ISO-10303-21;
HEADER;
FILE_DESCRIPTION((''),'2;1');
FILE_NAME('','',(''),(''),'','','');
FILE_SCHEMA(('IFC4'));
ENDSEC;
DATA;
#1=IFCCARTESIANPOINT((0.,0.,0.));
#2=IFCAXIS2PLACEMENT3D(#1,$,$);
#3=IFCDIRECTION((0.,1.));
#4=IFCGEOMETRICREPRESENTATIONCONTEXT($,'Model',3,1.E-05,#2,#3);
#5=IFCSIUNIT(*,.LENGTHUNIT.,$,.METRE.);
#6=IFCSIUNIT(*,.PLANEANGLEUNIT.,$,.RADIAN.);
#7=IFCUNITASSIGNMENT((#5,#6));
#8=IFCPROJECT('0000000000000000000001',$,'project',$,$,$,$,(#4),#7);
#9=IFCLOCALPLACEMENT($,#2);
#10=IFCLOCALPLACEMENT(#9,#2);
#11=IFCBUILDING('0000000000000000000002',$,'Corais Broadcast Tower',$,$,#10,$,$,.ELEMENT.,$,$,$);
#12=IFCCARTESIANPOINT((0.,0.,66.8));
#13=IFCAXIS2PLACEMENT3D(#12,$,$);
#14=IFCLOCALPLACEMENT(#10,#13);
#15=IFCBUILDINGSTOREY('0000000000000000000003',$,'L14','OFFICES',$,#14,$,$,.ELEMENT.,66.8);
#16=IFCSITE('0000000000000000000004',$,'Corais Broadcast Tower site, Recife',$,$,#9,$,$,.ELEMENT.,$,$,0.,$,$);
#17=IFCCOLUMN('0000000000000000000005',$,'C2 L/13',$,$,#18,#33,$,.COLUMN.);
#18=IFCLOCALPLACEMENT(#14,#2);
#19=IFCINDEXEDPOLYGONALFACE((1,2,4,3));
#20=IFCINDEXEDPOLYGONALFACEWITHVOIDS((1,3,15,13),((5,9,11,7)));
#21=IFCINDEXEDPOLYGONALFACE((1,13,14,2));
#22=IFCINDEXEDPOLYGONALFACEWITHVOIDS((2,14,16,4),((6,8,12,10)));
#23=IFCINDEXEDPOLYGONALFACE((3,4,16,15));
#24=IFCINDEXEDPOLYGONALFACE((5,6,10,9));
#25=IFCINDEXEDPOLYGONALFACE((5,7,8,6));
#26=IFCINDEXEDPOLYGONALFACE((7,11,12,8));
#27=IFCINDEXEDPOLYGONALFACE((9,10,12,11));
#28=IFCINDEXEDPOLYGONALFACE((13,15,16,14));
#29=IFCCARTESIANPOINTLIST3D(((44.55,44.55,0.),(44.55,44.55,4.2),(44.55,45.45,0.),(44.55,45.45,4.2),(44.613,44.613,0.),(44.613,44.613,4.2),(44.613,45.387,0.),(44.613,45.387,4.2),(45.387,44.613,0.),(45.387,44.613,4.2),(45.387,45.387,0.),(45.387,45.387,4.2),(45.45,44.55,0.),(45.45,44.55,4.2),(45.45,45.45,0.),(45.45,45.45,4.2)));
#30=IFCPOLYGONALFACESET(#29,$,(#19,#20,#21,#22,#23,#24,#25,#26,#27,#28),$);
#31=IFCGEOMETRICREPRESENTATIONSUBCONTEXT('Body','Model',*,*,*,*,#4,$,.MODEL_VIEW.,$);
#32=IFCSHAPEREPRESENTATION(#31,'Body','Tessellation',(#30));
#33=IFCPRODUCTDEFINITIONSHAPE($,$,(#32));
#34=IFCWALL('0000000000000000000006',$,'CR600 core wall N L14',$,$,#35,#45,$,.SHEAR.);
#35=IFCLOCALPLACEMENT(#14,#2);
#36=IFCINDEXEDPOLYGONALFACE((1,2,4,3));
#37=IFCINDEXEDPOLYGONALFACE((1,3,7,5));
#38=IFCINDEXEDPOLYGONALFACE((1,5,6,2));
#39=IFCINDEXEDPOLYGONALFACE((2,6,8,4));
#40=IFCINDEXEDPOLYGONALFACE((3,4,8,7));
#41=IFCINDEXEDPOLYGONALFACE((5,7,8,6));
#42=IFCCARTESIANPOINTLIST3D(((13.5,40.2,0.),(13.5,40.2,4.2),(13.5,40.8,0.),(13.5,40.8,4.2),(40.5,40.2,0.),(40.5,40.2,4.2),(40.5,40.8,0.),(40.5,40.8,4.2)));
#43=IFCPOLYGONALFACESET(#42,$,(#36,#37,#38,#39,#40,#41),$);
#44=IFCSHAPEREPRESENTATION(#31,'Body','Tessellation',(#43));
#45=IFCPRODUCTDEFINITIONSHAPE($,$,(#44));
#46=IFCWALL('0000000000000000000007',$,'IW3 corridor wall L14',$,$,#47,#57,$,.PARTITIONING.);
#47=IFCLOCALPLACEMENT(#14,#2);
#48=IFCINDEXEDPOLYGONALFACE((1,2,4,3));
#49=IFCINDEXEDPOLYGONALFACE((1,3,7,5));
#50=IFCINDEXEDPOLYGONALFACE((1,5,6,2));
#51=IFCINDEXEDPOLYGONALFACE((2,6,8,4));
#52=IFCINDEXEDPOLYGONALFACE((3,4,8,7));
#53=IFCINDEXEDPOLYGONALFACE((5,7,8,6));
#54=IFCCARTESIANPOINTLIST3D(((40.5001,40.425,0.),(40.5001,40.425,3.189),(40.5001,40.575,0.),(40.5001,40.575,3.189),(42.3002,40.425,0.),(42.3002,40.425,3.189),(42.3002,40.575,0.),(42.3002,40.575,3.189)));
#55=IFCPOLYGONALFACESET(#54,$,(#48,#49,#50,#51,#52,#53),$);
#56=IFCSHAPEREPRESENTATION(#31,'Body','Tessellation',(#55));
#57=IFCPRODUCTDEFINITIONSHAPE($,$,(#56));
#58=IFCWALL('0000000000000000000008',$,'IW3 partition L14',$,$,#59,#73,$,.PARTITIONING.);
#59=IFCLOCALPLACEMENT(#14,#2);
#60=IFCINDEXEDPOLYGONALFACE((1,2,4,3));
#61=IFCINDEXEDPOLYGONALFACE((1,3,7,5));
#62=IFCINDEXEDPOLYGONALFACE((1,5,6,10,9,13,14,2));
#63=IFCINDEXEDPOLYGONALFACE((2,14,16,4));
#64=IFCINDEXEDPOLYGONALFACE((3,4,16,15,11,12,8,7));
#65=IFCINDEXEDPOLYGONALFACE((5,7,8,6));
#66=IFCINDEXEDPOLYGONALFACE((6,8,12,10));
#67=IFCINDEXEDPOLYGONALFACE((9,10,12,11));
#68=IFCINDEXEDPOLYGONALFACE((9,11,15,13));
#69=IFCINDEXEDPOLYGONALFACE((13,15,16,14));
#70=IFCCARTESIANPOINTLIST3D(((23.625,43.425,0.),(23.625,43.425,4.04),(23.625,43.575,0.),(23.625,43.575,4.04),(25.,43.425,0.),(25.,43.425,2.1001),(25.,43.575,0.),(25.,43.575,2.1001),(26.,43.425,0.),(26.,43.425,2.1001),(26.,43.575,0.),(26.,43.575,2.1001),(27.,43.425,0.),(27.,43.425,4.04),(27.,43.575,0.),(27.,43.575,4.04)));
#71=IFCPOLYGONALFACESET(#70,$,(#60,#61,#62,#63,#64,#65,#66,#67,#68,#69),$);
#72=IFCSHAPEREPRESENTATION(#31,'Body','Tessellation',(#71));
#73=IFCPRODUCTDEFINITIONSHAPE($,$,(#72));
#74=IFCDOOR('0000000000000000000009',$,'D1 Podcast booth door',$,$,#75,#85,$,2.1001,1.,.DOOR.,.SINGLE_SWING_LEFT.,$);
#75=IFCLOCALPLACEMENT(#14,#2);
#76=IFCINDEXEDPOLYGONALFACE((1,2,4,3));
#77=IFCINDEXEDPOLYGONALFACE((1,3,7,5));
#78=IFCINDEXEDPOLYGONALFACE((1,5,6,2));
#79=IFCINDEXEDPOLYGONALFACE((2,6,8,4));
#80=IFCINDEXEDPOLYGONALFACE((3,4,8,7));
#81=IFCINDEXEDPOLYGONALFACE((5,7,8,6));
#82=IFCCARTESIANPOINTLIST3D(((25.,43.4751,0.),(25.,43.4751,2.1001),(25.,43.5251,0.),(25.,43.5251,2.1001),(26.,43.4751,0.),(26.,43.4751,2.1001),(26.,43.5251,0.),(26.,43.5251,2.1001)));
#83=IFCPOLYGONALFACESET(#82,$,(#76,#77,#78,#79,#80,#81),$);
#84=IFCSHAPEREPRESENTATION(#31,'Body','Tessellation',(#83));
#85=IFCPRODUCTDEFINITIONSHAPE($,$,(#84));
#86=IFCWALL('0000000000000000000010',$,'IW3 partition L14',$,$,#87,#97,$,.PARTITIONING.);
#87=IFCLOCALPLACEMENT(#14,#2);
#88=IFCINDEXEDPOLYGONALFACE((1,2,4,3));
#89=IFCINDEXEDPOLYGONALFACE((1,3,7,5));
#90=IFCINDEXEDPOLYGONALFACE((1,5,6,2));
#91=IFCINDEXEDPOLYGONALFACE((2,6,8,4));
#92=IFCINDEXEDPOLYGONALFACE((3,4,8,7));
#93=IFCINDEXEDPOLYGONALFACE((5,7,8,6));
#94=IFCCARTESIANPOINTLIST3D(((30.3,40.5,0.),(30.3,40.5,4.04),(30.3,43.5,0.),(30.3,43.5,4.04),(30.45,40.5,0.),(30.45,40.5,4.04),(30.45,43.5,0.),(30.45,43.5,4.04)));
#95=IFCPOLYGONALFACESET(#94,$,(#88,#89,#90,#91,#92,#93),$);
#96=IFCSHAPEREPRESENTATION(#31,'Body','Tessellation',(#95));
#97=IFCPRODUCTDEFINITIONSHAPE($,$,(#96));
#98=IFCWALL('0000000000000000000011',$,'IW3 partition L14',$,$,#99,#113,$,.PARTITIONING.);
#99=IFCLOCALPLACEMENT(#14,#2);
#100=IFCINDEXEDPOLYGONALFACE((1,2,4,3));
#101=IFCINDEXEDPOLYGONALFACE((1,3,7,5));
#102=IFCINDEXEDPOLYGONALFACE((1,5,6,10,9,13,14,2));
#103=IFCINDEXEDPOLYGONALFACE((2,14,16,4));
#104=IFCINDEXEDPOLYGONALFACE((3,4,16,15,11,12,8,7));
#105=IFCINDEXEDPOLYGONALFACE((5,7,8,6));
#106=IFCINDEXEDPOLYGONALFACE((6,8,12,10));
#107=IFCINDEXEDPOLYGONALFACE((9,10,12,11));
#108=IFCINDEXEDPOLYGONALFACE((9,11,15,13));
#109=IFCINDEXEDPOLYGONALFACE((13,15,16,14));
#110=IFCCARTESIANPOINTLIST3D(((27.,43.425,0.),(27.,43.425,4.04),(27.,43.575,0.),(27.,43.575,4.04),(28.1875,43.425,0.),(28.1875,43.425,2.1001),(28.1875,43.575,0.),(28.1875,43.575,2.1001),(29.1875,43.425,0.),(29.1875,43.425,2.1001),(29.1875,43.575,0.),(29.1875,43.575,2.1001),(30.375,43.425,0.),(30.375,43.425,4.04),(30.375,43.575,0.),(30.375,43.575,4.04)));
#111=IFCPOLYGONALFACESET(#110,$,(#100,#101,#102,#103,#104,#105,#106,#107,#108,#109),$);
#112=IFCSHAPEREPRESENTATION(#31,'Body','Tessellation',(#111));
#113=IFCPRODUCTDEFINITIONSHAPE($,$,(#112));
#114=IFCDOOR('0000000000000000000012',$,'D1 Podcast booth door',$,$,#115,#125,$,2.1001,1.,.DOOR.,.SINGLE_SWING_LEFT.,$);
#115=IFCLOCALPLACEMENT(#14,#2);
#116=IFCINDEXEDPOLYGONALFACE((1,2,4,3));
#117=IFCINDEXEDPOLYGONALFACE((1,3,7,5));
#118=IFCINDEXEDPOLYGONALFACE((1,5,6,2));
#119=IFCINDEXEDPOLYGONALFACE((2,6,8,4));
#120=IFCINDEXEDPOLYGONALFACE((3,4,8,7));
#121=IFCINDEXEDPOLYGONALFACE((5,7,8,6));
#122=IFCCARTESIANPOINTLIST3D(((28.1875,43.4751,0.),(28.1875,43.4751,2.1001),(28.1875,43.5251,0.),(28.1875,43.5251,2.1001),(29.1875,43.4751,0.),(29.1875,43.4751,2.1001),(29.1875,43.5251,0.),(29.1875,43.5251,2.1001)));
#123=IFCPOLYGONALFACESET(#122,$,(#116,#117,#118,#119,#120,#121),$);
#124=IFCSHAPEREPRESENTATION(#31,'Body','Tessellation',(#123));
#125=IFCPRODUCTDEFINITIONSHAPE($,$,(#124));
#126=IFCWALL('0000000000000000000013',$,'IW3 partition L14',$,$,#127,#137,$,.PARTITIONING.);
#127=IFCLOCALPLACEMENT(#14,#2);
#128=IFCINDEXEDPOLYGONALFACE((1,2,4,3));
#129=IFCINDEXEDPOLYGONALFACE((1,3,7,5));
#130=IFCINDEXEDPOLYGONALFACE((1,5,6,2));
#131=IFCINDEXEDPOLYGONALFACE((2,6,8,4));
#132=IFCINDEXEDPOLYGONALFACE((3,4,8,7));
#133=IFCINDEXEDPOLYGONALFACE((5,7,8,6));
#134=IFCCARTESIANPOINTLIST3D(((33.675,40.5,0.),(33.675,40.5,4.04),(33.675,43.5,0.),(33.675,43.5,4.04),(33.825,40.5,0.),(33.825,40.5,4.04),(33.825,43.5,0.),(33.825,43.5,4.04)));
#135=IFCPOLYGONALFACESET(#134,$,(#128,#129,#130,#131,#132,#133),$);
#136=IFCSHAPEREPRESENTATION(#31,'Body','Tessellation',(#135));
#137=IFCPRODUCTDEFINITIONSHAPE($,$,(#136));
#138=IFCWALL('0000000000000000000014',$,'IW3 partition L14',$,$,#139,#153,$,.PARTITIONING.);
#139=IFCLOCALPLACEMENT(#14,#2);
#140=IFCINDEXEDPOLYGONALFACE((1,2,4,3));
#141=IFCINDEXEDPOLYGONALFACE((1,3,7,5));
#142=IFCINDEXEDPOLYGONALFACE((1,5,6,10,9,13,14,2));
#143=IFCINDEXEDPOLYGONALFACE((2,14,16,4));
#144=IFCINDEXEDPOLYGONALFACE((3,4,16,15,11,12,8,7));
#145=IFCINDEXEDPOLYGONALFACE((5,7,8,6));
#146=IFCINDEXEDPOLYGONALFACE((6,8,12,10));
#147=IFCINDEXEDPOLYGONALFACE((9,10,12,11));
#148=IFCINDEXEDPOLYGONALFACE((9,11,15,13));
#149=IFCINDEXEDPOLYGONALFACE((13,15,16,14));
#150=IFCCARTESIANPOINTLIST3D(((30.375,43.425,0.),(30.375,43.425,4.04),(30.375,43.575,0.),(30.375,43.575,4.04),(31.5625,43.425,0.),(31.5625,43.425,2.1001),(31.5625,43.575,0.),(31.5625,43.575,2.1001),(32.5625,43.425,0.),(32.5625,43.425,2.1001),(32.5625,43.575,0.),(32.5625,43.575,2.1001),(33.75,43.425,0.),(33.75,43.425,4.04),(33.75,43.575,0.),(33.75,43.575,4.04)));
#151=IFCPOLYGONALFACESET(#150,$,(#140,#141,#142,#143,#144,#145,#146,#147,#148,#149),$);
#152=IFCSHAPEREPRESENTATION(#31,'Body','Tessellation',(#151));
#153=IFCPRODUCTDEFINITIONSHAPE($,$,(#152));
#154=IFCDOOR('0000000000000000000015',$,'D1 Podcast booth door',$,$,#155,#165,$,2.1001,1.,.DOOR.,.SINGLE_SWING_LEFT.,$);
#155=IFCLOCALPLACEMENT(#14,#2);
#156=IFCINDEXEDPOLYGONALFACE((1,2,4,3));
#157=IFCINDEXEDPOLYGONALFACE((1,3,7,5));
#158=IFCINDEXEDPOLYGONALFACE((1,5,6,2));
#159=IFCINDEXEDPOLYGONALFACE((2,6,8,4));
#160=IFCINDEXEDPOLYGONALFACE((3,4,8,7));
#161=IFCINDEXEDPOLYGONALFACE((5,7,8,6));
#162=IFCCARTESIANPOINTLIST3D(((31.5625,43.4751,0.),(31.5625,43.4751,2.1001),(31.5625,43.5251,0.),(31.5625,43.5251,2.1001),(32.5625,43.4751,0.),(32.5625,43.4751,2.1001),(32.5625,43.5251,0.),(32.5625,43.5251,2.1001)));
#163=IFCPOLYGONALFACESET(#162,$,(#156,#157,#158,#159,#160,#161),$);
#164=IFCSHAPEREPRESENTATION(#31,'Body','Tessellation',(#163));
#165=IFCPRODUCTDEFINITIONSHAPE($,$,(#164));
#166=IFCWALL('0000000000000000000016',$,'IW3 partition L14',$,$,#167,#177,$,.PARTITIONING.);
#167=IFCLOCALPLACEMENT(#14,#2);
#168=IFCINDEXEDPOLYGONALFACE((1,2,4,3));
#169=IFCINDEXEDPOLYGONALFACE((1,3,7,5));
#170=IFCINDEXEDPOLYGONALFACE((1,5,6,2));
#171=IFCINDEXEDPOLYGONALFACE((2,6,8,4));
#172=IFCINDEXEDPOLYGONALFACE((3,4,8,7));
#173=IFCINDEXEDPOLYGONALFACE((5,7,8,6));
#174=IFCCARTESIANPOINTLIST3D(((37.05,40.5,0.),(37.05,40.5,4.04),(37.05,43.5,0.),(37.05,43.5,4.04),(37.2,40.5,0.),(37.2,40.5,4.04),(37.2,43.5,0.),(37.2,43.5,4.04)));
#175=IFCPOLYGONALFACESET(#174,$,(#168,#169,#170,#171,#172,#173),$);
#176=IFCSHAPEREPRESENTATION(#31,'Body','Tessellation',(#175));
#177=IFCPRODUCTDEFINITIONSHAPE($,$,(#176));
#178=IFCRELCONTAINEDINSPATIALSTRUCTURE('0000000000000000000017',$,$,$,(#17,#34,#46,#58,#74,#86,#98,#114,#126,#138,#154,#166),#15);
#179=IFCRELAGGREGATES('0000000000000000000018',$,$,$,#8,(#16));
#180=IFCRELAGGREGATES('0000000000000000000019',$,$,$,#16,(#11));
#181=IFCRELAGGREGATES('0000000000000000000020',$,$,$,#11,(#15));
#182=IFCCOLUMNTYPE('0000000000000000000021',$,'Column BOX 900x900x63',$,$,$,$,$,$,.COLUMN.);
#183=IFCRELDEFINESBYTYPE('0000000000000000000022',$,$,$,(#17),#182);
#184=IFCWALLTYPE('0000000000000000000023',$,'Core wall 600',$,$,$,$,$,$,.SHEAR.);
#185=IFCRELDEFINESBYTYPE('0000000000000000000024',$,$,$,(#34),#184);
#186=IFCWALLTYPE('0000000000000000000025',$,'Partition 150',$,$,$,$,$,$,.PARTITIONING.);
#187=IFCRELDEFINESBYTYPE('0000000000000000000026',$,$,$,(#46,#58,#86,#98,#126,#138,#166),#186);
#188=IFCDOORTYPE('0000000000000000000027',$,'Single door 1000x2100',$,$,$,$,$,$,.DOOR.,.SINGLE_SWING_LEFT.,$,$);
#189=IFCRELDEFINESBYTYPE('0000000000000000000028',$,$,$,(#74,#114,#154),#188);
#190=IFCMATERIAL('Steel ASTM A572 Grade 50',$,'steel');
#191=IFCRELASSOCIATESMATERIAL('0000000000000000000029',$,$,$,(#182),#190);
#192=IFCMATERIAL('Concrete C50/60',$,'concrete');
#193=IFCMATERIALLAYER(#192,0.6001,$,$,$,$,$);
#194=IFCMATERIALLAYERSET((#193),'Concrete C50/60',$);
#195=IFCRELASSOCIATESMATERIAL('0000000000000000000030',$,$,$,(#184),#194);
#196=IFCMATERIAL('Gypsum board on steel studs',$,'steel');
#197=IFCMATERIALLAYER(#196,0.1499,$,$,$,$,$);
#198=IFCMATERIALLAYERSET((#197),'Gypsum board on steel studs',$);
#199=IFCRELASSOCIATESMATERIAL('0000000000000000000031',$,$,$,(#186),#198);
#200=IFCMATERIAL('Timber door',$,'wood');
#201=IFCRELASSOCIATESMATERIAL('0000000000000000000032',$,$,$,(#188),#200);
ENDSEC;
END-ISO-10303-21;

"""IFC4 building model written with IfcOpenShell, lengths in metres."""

from ifc_helpers import new_model, si_unit, direction, frame, frame_2d, origin, origin_2d, place, context, subcontext, project, spatial, rectangle, hollow_rectangle, extrude, material, layer, layer_set, material_profile, profile_set, type_object, element, fill, save


model = new_model("IFC4")

# Units and contexts
model_context = context("Model", 3, precision=1e-05, world=origin(), true_north=direction((0.0, 1.0)))
body_context = subcontext(model_context, "Body", "Model", "MODEL_VIEW")
ifc_project = project(units=[si_unit("LENGTHUNIT", "METRE"), si_unit("PLANEANGLEUNIT", "RADIAN")], contexts=[model_context])

# Site, building, storey
site_placement = place(None, origin())
site = spatial("IfcSite", under=ifc_project, at=site_placement, Name="Corais Broadcast Tower site, Recife", CompositionType="ELEMENT", RefElevation=0.0)
building_placement = place(site_placement, origin())
building = spatial("IfcBuilding", under=site, at=building_placement, Name="Corais Broadcast Tower", CompositionType="ELEMENT")
storey_placement = place(building_placement, frame((0.0, 0.0, 66.8)))
storey = spatial("IfcBuildingStorey", under=building, at=storey_placement, Name="L14", Description="OFFICES", CompositionType="ELEMENT", Elevation=66.8)

# Column
ifc_material_1 = material(Name="Steel ASTM A572 Grade 50", Category="steel")
ifc_material_profile = material_profile(ifc_material_1, hollow_rectangle(XDim=0.8999, YDim=0.8999, WallThickness=0.063, at=origin_2d()), Name="BOX 900x900x63")
ifc_profile_set = profile_set([ifc_material_profile], Name="Steel ASTM A572 Grade 50")
column_type = type_object("IfcColumnType", Name="Column BOX 900x900x63", PredefinedType="COLUMN", material=ifc_profile_set)
column_placement = place(storey_placement, frame((45.0, 45.0, 0.0), z_axis=(0.0, 0.0, 1.0), x_axis=(1.0, 0.0, 0.0)))
element("IfcColumn", 1, at=column_placement, inside=storey, type_object=column_type, Name="C2 L/13", PredefinedType="COLUMN", context=body_context, shape_type="SweptSolid", body=[
    extrude(hollow_rectangle(XDim=0.8999, YDim=0.8999, WallThickness=0.063, at=origin_2d()), origin(), (0.0, 0.0, 1.0), 4.2),
])

# Walls
ifc_material_2 = material(Name="Concrete C50/60", Category="concrete")
ifc_layer_1 = layer(ifc_material_2, 0.6001)
ifc_layer_set_1 = layer_set([ifc_layer_1], Name="Concrete C50/60")
wall_type_1 = type_object("IfcWallType", Name="Core wall 600", PredefinedType="SHEAR", material=ifc_layer_set_1)
wall_1_placement = place(storey_placement, frame((40.5, 40.5, 0.0), z_axis=(0.0, 0.0, 1.0), x_axis=(-1.0, 0.0, 0.0)))
element("IfcWall", 2, at=wall_1_placement, inside=storey, type_object=wall_type_1, Name="CR600 core wall N L14", PredefinedType="SHEAR", context=body_context, shape_type="SweptSolid", body=[
    extrude(rectangle(XDim=27.0, YDim=0.6001, at=frame_2d((13.5, 0.0))), origin(), (0.0, 0.0, 1.0), 4.2),
])
ifc_material_3 = material(Name="Gypsum board on steel studs", Category="steel")
ifc_layer_2 = layer(ifc_material_3, 0.1499)
ifc_layer_set_2 = layer_set([ifc_layer_2], Name="Gypsum board on steel studs")
wall_type_2 = type_object("IfcWallType", Name="Partition 150", PredefinedType="PARTITIONING", material=ifc_layer_set_2)
wall_2_placement = place(storey_placement, frame((42.3, 40.5, 0.0), z_axis=(0.0, 0.0, 1.0), x_axis=(-1.0, 0.0, 0.0)))
element("IfcWall", 3, at=wall_2_placement, inside=storey, type_object=wall_type_2, Name="IW3 corridor wall L14", PredefinedType="PARTITIONING", context=body_context, shape_type="SweptSolid", body=[
    extrude(rectangle(XDim=1.8, YDim=0.1499, at=frame_2d((0.8999, 0.0))), origin(), (0.0, 0.0, 1.0), 3.189),
])

# Wall, opening, door
wall_3_placement = place(storey_placement, frame((27.0, 43.5, 0.0), z_axis=(0.0, 0.0, 1.0), x_axis=(-1.0, 0.0, 0.0)))
wall_3 = element("IfcWall", 4, at=wall_3_placement, inside=storey, type_object=wall_type_2, Name="IW3 partition L14", PredefinedType="PARTITIONING", context=body_context, shape_type="SweptSolid", body=[
    extrude(rectangle(XDim=3.375, YDim=0.1499, at=frame_2d((1.6875, 0.0))), origin(), (0.0, 0.0, 1.0), 4.04),
])
opening_1_placement = place(wall_3_placement, frame((1.0, 0.0, 0.0)))
opening_1 = element("IfcOpeningElement", 5, at=opening_1_placement, cuts=wall_3, PredefinedType="OPENING", context=body_context, shape_type="SweptSolid", body=[
    extrude(rectangle(XDim=1.0, YDim=2.1001, at=frame_2d((0.5, 1.05))), frame((0.0, 0.085, 0.0), z_axis=(0.0, -1.0, 0.0), x_axis=(1.0, 0.0, 0.0)), (0.0, 0.0, 1.0), 0.1699),
])
ifc_material_4 = material(Name="Timber door", Category="wood")
door_type = type_object("IfcDoorType", Name="Single door 1000x2100", OperationType="SINGLE_SWING_LEFT", PredefinedType="DOOR", material=ifc_material_4)
door_1_placement = place(opening_1_placement, origin())
door_1 = element("IfcDoor", 6, at=door_1_placement, inside=storey, type_object=door_type, Name="D1 Podcast booth door", OperationType="SINGLE_SWING_LEFT", OverallHeight=2.1001, OverallWidth=1.0, PredefinedType="DOOR", context=body_context, shape_type="SweptSolid", body=[
    extrude(rectangle(XDim=1.0, YDim=2.1001, at=frame_2d((0.5, 1.05))), frame((0.0, 0.0249, 0.0), z_axis=(0.0, -1.0, 0.0), x_axis=(1.0, 0.0, 0.0)), (0.0, 0.0, 1.0), 0.05),
])
fill(opening_1, door_1)

# Wall
wall_4_placement = place(storey_placement, frame((30.375, 40.5, 0.0), z_axis=(0.0, 0.0, 1.0), x_axis=(0.0, 1.0, 0.0)))
element("IfcWall", 7, at=wall_4_placement, inside=storey, type_object=wall_type_2, Name="IW3 partition L14", PredefinedType="PARTITIONING", context=body_context, shape_type="SweptSolid", body=[
    extrude(rectangle(XDim=3.0, YDim=0.1499, at=frame_2d((1.5, 0.0))), origin(), (0.0, 0.0, 1.0), 4.04),
])

# Wall, opening, door
wall_5_placement = place(storey_placement, frame((30.375, 43.5, 0.0), z_axis=(0.0, 0.0, 1.0), x_axis=(-1.0, 0.0, 0.0)))
wall_5 = element("IfcWall", 8, at=wall_5_placement, inside=storey, type_object=wall_type_2, Name="IW3 partition L14", PredefinedType="PARTITIONING", context=body_context, shape_type="SweptSolid", body=[
    extrude(rectangle(XDim=3.375, YDim=0.1499, at=frame_2d((1.6875, 0.0))), origin(), (0.0, 0.0, 1.0), 4.04),
])
opening_2_placement = place(wall_5_placement, frame((1.1875, 0.0, 0.0)))
opening_2 = element("IfcOpeningElement", 9, at=opening_2_placement, cuts=wall_5, PredefinedType="OPENING", context=body_context, shape_type="SweptSolid", body=[
    extrude(rectangle(XDim=1.0, YDim=2.1001, at=frame_2d((0.5, 1.05))), frame((0.0, 0.085, 0.0), z_axis=(0.0, -1.0, 0.0), x_axis=(1.0, 0.0, 0.0)), (0.0, 0.0, 1.0), 0.1699),
])
door_2_placement = place(opening_2_placement, origin())
door_2 = element("IfcDoor", 10, at=door_2_placement, inside=storey, type_object=door_type, Name="D1 Podcast booth door", OperationType="SINGLE_SWING_LEFT", OverallHeight=2.1001, OverallWidth=1.0, PredefinedType="DOOR", context=body_context, shape_type="SweptSolid", body=[
    extrude(rectangle(XDim=1.0, YDim=2.1001, at=frame_2d((0.5, 1.05))), frame((0.0, 0.0249, 0.0), z_axis=(0.0, -1.0, 0.0), x_axis=(1.0, 0.0, 0.0)), (0.0, 0.0, 1.0), 0.05),
])
fill(opening_2, door_2)

# Wall
wall_6_placement = place(storey_placement, frame((33.75, 40.5, 0.0), z_axis=(0.0, 0.0, 1.0), x_axis=(0.0, 1.0, 0.0)))
element("IfcWall", 11, at=wall_6_placement, inside=storey, type_object=wall_type_2, Name="IW3 partition L14", PredefinedType="PARTITIONING", context=body_context, shape_type="SweptSolid", body=[
    extrude(rectangle(XDim=3.0, YDim=0.1499, at=frame_2d((1.5, 0.0))), origin(), (0.0, 0.0, 1.0), 4.04),
])

# Wall, opening, door
wall_7_placement = place(storey_placement, frame((33.75, 43.5, 0.0), z_axis=(0.0, 0.0, 1.0), x_axis=(-1.0, 0.0, 0.0)))
wall_7 = element("IfcWall", 12, at=wall_7_placement, inside=storey, type_object=wall_type_2, Name="IW3 partition L14", PredefinedType="PARTITIONING", context=body_context, shape_type="SweptSolid", body=[
    extrude(rectangle(XDim=3.375, YDim=0.1499, at=frame_2d((1.6875, 0.0))), origin(), (0.0, 0.0, 1.0), 4.04),
])
opening_3_placement = place(wall_7_placement, frame((1.1875, 0.0, 0.0)))
opening_3 = element("IfcOpeningElement", 13, at=opening_3_placement, cuts=wall_7, PredefinedType="OPENING", context=body_context, shape_type="SweptSolid", body=[
    extrude(rectangle(XDim=1.0, YDim=2.1001, at=frame_2d((0.5, 1.05))), frame((0.0, 0.085, 0.0), z_axis=(0.0, -1.0, 0.0), x_axis=(1.0, 0.0, 0.0)), (0.0, 0.0, 1.0), 0.1699),
])
door_3_placement = place(opening_3_placement, origin())
door_3 = element("IfcDoor", 14, at=door_3_placement, inside=storey, type_object=door_type, Name="D1 Podcast booth door", OperationType="SINGLE_SWING_LEFT", OverallHeight=2.1001, OverallWidth=1.0, PredefinedType="DOOR", context=body_context, shape_type="SweptSolid", body=[
    extrude(rectangle(XDim=1.0, YDim=2.1001, at=frame_2d((0.5, 1.05))), frame((0.0, 0.0249, 0.0), z_axis=(0.0, -1.0, 0.0), x_axis=(1.0, 0.0, 0.0)), (0.0, 0.0, 1.0), 0.05),
])
fill(opening_3, door_3)

# Wall
wall_8_placement = place(storey_placement, frame((37.125, 40.5, 0.0), z_axis=(0.0, 0.0, 1.0), x_axis=(0.0, 1.0, 0.0)))
element("IfcWall", 15, at=wall_8_placement, inside=storey, type_object=wall_type_2, Name="IW3 partition L14", PredefinedType="PARTITIONING", context=body_context, shape_type="SweptSolid", body=[
    extrude(rectangle(XDim=3.0, YDim=0.1499, at=frame_2d((1.5, 0.0))), origin(), (0.0, 0.0, 1.0), 4.04),
])

save(model, "model.ifc")
